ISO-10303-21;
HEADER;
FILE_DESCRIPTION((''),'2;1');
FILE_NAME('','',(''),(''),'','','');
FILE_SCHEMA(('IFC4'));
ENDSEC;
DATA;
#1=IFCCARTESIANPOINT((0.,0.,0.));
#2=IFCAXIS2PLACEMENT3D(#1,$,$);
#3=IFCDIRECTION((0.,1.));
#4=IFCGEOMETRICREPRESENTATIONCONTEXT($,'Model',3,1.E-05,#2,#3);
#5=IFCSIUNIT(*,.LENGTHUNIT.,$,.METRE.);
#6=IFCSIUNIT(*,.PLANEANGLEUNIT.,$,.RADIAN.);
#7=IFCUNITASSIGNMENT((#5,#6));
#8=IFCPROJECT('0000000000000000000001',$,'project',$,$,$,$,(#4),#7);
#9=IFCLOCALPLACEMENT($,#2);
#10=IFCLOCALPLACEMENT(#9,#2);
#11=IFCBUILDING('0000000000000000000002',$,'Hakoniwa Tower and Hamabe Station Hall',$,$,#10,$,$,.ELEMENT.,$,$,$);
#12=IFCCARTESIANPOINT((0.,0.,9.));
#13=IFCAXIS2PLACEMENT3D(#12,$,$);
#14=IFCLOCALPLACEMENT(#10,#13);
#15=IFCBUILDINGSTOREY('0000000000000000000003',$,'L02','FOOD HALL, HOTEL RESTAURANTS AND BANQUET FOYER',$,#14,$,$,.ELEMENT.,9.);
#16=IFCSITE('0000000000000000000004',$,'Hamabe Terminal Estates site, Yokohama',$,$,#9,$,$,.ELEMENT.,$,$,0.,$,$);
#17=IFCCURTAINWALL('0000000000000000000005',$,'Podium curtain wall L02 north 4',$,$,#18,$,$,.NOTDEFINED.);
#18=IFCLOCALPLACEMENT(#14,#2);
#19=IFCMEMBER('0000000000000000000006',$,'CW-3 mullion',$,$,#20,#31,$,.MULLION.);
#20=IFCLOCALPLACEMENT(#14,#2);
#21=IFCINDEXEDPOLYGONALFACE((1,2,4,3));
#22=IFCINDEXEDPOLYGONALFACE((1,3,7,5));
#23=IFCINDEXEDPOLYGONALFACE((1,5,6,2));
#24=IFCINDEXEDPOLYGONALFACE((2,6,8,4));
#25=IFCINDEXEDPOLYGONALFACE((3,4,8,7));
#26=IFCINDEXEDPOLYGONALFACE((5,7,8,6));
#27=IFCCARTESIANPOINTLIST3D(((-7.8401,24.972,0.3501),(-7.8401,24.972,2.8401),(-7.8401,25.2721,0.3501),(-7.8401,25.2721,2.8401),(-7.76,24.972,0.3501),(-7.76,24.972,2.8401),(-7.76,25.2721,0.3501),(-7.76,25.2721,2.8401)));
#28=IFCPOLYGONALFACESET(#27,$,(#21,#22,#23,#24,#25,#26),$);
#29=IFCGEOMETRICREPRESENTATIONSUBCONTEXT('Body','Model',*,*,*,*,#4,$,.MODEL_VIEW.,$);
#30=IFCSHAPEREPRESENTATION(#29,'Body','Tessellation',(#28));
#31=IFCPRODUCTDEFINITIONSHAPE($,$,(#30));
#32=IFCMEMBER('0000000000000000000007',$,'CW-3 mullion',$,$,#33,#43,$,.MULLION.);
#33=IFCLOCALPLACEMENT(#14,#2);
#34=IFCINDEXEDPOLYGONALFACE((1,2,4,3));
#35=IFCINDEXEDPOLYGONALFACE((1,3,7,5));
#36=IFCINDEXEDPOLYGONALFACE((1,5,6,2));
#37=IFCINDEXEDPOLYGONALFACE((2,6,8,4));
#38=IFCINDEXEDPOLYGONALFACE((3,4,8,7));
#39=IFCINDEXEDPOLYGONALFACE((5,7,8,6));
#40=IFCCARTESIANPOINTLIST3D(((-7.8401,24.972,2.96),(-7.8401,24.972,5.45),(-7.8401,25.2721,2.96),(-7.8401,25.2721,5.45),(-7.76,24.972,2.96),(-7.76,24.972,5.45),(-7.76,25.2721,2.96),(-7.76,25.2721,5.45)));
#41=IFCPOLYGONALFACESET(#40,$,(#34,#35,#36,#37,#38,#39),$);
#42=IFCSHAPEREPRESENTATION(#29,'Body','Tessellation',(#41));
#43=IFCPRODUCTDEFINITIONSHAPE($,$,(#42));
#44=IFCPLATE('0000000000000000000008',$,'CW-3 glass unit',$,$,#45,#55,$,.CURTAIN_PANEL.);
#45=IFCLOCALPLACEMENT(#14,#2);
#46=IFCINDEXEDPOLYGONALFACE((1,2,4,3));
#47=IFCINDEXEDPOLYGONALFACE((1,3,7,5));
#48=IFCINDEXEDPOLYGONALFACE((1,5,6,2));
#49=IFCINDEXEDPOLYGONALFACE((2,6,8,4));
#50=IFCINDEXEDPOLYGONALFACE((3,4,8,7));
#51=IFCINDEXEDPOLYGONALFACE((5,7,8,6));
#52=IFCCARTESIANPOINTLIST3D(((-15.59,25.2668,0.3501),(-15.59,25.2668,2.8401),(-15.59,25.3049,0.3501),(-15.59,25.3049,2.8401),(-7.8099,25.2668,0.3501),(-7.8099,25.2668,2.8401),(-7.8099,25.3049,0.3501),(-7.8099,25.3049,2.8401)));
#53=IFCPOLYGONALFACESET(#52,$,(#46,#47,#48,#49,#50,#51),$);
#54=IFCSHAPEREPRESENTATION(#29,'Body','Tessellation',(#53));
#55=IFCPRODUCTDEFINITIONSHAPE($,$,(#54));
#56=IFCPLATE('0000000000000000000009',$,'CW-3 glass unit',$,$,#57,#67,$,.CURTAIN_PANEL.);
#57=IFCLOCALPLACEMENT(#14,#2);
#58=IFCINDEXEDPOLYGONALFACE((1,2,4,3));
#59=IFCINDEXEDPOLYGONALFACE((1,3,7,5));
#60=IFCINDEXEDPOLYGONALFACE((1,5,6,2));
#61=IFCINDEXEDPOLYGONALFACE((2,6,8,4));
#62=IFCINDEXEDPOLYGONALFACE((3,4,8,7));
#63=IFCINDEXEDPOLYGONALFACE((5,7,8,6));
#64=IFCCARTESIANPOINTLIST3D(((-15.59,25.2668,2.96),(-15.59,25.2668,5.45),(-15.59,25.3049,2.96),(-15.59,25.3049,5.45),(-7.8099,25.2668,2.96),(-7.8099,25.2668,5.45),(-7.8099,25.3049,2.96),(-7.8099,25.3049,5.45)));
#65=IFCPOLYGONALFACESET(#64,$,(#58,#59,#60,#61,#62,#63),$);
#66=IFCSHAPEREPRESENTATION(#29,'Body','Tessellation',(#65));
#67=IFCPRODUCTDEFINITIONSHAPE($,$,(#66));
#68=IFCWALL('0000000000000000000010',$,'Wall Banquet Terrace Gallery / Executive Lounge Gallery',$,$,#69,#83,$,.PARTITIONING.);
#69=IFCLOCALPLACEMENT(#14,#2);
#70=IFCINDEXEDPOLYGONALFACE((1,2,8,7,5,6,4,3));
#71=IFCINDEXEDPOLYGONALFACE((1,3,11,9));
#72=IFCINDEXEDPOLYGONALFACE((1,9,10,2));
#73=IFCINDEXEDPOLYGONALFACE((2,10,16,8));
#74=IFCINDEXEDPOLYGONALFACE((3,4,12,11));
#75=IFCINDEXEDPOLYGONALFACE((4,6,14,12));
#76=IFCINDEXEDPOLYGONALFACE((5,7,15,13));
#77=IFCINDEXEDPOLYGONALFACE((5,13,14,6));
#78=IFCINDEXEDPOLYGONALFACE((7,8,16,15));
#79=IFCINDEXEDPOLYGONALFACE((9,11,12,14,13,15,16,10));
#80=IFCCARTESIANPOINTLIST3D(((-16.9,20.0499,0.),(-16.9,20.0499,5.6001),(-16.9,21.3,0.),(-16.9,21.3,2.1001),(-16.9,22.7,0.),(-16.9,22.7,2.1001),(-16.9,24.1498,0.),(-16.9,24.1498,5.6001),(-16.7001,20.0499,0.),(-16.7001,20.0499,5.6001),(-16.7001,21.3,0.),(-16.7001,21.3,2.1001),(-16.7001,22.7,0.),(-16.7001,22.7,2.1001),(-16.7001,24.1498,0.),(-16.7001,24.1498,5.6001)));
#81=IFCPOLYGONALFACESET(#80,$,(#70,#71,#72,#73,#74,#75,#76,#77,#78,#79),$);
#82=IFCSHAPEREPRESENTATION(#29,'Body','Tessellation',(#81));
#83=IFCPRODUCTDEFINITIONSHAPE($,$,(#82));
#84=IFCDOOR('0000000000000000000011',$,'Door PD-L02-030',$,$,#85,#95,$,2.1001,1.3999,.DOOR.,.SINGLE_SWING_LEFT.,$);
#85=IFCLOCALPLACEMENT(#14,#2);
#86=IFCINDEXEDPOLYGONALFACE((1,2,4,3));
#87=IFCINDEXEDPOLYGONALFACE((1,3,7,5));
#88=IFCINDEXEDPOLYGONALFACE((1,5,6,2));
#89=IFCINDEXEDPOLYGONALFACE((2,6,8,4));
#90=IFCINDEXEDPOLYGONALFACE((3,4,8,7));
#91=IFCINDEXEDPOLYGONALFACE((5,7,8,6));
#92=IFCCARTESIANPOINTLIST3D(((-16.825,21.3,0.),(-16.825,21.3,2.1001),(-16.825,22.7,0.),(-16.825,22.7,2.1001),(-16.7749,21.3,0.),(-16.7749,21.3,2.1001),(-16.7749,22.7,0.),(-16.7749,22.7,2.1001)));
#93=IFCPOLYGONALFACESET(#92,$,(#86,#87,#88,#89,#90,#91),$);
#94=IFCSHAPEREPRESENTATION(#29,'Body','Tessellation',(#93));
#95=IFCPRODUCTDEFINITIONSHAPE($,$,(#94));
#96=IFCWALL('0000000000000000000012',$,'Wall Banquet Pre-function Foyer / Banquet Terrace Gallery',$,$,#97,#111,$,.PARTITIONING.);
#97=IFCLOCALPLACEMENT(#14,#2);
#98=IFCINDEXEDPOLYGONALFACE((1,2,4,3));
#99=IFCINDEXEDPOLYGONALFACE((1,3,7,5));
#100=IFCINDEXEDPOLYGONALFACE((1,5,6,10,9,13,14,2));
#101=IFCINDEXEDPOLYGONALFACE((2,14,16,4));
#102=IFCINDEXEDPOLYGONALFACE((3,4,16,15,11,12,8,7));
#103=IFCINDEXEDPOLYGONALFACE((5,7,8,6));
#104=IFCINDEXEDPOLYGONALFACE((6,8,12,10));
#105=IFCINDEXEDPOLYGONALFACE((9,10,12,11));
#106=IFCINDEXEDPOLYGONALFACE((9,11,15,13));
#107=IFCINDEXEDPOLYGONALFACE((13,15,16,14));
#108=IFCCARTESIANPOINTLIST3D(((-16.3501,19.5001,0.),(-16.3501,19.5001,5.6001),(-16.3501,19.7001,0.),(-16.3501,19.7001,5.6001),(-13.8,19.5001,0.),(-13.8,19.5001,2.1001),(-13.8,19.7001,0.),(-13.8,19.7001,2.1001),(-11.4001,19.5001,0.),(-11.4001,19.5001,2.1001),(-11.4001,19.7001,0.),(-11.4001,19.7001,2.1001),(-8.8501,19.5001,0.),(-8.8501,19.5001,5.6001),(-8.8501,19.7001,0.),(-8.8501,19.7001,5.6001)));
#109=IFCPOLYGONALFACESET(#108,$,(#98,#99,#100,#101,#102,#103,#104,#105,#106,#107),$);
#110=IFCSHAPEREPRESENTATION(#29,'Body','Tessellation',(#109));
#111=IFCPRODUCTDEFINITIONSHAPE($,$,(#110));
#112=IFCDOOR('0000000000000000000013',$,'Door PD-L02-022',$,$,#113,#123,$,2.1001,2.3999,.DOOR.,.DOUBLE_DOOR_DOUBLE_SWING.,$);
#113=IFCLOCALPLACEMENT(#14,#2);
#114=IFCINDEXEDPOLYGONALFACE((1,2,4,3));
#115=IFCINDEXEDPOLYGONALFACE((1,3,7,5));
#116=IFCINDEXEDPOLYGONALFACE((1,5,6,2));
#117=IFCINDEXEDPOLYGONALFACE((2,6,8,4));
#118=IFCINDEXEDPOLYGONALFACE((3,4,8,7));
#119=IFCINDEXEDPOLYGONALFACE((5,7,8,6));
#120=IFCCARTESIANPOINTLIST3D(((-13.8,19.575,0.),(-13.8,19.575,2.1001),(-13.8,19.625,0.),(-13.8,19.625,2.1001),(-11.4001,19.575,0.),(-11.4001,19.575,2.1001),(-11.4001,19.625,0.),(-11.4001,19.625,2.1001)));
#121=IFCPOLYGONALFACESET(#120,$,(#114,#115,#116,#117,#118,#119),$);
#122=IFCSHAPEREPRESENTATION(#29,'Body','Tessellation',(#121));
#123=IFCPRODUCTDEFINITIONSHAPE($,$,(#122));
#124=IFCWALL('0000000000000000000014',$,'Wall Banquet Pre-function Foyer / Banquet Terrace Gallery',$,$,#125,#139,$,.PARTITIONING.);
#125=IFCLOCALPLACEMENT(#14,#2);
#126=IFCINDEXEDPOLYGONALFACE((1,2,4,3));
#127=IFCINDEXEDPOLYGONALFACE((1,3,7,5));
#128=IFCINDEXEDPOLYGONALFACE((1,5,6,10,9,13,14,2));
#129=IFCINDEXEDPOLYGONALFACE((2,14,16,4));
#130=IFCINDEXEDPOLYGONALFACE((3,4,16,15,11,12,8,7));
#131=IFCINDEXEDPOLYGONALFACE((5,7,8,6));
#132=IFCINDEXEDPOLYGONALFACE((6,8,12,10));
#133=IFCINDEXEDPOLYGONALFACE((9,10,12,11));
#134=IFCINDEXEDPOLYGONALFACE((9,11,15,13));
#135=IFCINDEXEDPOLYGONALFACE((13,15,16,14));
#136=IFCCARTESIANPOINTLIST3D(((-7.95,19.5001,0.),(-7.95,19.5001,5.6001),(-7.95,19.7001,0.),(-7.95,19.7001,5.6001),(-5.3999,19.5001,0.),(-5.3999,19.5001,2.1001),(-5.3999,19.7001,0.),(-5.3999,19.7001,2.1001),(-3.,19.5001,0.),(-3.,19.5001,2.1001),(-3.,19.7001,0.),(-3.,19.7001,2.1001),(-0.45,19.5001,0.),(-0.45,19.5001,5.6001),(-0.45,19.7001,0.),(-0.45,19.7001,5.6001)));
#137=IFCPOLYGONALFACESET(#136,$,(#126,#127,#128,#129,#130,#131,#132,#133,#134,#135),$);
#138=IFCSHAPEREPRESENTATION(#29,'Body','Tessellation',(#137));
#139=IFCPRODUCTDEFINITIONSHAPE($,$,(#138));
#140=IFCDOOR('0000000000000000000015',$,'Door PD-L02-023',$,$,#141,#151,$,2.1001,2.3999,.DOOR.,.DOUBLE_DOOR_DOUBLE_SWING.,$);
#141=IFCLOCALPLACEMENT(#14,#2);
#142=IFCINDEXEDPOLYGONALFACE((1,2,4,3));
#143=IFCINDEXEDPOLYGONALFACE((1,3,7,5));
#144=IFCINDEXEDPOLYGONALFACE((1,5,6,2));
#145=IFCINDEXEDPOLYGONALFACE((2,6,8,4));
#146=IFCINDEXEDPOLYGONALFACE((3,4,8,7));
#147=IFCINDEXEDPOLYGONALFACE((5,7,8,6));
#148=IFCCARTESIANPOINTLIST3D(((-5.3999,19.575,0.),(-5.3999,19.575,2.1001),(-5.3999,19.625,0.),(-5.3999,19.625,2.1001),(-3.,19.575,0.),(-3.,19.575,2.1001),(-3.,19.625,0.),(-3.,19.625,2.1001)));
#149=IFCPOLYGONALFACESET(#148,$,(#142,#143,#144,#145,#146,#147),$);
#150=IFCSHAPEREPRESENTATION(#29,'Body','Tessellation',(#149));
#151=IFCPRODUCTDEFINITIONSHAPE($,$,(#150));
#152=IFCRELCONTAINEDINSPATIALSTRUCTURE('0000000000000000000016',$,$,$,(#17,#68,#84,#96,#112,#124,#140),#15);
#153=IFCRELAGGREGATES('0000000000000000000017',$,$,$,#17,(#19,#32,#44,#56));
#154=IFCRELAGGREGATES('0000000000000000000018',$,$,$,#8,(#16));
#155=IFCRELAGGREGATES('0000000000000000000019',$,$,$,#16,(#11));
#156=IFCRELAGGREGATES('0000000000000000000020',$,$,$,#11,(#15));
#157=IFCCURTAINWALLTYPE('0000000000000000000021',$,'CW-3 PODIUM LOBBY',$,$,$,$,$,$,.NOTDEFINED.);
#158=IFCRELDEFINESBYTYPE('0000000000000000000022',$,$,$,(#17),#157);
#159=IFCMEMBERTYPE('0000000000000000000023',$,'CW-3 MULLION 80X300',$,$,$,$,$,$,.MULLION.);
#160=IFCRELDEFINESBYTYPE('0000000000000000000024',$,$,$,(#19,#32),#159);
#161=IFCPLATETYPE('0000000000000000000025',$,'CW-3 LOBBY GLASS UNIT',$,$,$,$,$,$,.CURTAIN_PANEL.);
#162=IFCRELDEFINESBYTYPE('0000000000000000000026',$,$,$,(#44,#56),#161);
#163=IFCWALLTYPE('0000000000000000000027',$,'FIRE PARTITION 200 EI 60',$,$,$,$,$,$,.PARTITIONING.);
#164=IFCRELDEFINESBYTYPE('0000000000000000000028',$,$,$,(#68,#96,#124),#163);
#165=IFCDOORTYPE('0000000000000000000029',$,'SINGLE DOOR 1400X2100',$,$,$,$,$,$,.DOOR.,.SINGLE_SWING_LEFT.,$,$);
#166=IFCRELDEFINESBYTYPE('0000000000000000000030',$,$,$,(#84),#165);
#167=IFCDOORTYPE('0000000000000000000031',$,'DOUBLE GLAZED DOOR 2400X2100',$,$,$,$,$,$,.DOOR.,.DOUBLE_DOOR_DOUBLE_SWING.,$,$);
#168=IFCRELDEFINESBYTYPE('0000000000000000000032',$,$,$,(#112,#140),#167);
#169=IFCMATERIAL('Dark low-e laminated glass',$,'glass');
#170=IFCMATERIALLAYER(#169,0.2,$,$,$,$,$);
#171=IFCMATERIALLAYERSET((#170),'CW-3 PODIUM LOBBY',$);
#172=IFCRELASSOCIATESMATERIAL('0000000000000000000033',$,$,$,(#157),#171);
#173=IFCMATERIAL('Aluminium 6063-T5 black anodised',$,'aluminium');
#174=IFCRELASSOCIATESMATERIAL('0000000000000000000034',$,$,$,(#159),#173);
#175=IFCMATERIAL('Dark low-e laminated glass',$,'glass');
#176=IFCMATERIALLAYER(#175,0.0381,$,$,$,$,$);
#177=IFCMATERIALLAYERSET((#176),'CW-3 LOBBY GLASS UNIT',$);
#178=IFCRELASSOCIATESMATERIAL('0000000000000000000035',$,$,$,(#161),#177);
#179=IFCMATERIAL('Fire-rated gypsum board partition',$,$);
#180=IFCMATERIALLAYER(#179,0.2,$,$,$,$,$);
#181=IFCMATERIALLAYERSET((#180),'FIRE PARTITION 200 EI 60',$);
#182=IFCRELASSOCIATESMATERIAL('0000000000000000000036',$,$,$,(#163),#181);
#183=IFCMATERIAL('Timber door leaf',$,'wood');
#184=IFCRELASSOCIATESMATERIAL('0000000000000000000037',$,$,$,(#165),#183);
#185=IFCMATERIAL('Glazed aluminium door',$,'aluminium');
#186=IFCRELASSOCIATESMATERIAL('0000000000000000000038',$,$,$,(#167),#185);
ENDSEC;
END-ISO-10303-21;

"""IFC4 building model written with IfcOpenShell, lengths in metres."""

from ifc_helpers import new_model, si_unit, direction, frame, frame_2d, origin, origin_2d, place, context, subcontext, project, spatial, rectangle, extrude, material, layer, layer_set, material_profile, profile_set, type_object, element, fill, aggregate, save


model = new_model("IFC4")

# Units and contexts
model_context = context("Model", 3, precision=1e-05, world=origin(), true_north=direction((0.0, 1.0)))
body_context = subcontext(model_context, "Body", "Model", "MODEL_VIEW")
ifc_project = project(units=[si_unit("LENGTHUNIT", "METRE"), si_unit("PLANEANGLEUNIT", "RADIAN")], contexts=[model_context])

# Site, building, storey
site_placement = place(None, origin())
site = spatial("IfcSite", under=ifc_project, at=site_placement, Name="Hamabe Terminal Estates site, Yokohama", CompositionType="ELEMENT", RefElevation=0.0)
building_placement = place(site_placement, origin())
building = spatial("IfcBuilding", under=site, at=building_placement, Name="Hakoniwa Tower and Hamabe Station Hall", CompositionType="ELEMENT")
storey_placement = place(building_placement, frame((0.0, 0.0, 9.0)))
storey = spatial("IfcBuildingStorey", under=building, at=storey_placement, Name="L02", Description="FOOD HALL, HOTEL RESTAURANTS AND BANQUET FOYER", CompositionType="ELEMENT", Elevation=9.0)

# Curtain wall, members, plates
ifc_material_1 = material(Name="Dark low-e laminated glass", Category="glass")
ifc_layer_1 = layer(ifc_material_1, 0.2)
ifc_layer_set_1 = layer_set([ifc_layer_1], Name="CW-3 PODIUM LOBBY")
curtain_wall_type = type_object("IfcCurtainWallType", Name="CW-3 PODIUM LOBBY", PredefinedType="NOTDEFINED", material=ifc_layer_set_1)
curtain_wall_placement = place(storey_placement, origin())
curtain_wall = element("IfcCurtainWall", 1, at=curtain_wall_placement, inside=storey, type_object=curtain_wall_type, Name="Podium curtain wall L02 north 4", PredefinedType="NOTDEFINED")
ifc_material_2 = material(Name="Aluminium 6063-T5 black anodised", Category="aluminium")
ifc_material_profile_1 = material_profile(ifc_material_2, rectangle(XDim=0.0801, YDim=0.3, at=origin_2d()), Name="CW-3 MULLION 80X300")
ifc_profile_set_1 = profile_set([ifc_material_profile_1], Name="Aluminium 6063-T5 black anodised")
member_type = type_object("IfcMemberType", Name="CW-3 MULLION 80X300", PredefinedType="MULLION", material=ifc_profile_set_1)
member_1_placement = place(storey_placement, frame((-7.8, 25.1221, 0.3501), z_axis=(0.0, 0.0, 1.0), x_axis=(-1.0, 0.0, 0.0)))
member_1 = element("IfcMember", 2, at=member_1_placement, type_object=member_type, Name="CW-3 mullion", PredefinedType="MULLION", context=body_context, shape_type="SweptSolid", body=[
    extrude(rectangle(XDim=0.0801, YDim=0.3, at=origin_2d()), origin(), (0.0, 0.0, 1.0), 2.49),
])
member_2_placement = place(storey_placement, frame((-7.8, 25.1221, 2.96), z_axis=(0.0, 0.0, 1.0), x_axis=(-1.0, 0.0, 0.0)))
member_2 = element("IfcMember", 3, at=member_2_placement, type_object=member_type, Name="CW-3 mullion", PredefinedType="MULLION", context=body_context, shape_type="SweptSolid", body=[
    extrude(rectangle(XDim=0.0801, YDim=0.3, at=origin_2d()), origin(), (0.0, 0.0, 1.0), 2.49),
])
ifc_material_3 = material(Name="Dark low-e laminated glass", Category="glass")
ifc_layer_2 = layer(ifc_material_3, 0.0381)
ifc_layer_set_2 = layer_set([ifc_layer_2], Name="CW-3 LOBBY GLASS UNIT")
plate_type = type_object("IfcPlateType", Name="CW-3 LOBBY GLASS UNIT", PredefinedType="CURTAIN_PANEL", material=ifc_layer_set_2)
plate_1_placement = place(storey_placement, frame((-11.7, 25.2859, 0.3501), z_axis=(0.0, 0.0, 1.0), x_axis=(-1.0, 0.0, 0.0)))
plate_1 = element("IfcPlate", 4, at=plate_1_placement, type_object=plate_type, Name="CW-3 glass unit", PredefinedType="CURTAIN_PANEL", context=body_context, shape_type="SweptSolid", body=[
    extrude(rectangle(XDim=7.78, YDim=0.0381, at=origin_2d()), origin(), (0.0, 0.0, 1.0), 2.49),
])
plate_2_placement = place(storey_placement, frame((-11.7, 25.2859, 2.96), z_axis=(0.0, 0.0, 1.0), x_axis=(-1.0, 0.0, 0.0)))
plate_2 = element("IfcPlate", 5, at=plate_2_placement, type_object=plate_type, Name="CW-3 glass unit", PredefinedType="CURTAIN_PANEL", context=body_context, shape_type="SweptSolid", body=[
    extrude(rectangle(XDim=7.78, YDim=0.0381, at=origin_2d()), origin(), (0.0, 0.0, 1.0), 2.49),
])
aggregate(curtain_wall, [member_1, member_2, plate_1, plate_2])

# Walls, openings, doors
ifc_material_4 = material(Name="Fire-rated gypsum board partition")
ifc_layer_3 = layer(ifc_material_4, 0.2)
ifc_layer_set_3 = layer_set([ifc_layer_3], Name="FIRE PARTITION 200 EI 60")
wall_type = type_object("IfcWallType", Name="FIRE PARTITION 200 EI 60", PredefinedType="PARTITIONING", material=ifc_layer_set_3)
wall_1_placement = place(storey_placement, frame((-16.8, 20.05, 0.0), z_axis=(0.0, 0.0, 1.0), x_axis=(0.0, 1.0, 0.0)))
wall_1 = element("IfcWall", 6, at=wall_1_placement, inside=storey, type_object=wall_type, Name="Wall Banquet Terrace Gallery / Executive Lounge Gallery", PredefinedType="PARTITIONING", context=body_context, shape_type="SweptSolid", body=[
    extrude(rectangle(XDim=4.0999, YDim=0.2, at=frame_2d((2.0498, 0.0))), origin(), (0.0, 0.0, 1.0), 5.6001),
])
opening_1_placement = place(wall_1_placement, frame((1.25, 0.0, 0.0)))
opening_1 = element("IfcOpeningElement", 7, at=opening_1_placement, cuts=wall_1, PredefinedType="OPENING", context=body_context, shape_type="SweptSolid", body=[
    extrude(rectangle(XDim=1.3999, YDim=2.1001, at=frame_2d((0.7, 1.05))), frame((0.0, 0.1099, 0.0), z_axis=(0.0, -1.0, 0.0), x_axis=(1.0, 0.0, 0.0)), (0.0, 0.0, 1.0), 0.22),
])
ifc_material_5 = material(Name="Timber door leaf", Category="wood")
door_type_1 = type_object("IfcDoorType", Name="SINGLE DOOR 1400X2100", OperationType="SINGLE_SWING_LEFT", PredefinedType="DOOR", material=ifc_material_5)
door_1_placement = place(opening_1_placement, origin())
door_1 = element("IfcDoor", 8, at=door_1_placement, inside=storey, type_object=door_type_1, Name="Door PD-L02-030", OperationType="SINGLE_SWING_LEFT", OverallHeight=2.1001, OverallWidth=1.3999, PredefinedType="DOOR", context=body_context, shape_type="SweptSolid", body=[
    extrude(rectangle(XDim=1.3999, YDim=2.1001, at=frame_2d((0.7, 1.05))), frame((0.0, 0.0249, 0.0), z_axis=(0.0, -1.0, 0.0), x_axis=(1.0, 0.0, 0.0)), (0.0, 0.0, 1.0), 0.05),
])
fill(opening_1, door_1)
wall_2_placement = place(storey_placement, frame((-16.3501, 19.6001, 0.0), z_axis=(0.0, 0.0, 1.0), x_axis=(1.0, 0.0, 0.0)))
wall_2 = element("IfcWall", 9, at=wall_2_placement, inside=storey, type_object=wall_type, Name="Wall Banquet Pre-function Foyer / Banquet Terrace Gallery", PredefinedType="PARTITIONING", context=body_context, shape_type="SweptSolid", body=[
    extrude(rectangle(XDim=7.5, YDim=0.2, at=frame_2d((3.75, 0.0))), origin(), (0.0, 0.0, 1.0), 5.6001),
])
opening_2_placement = place(wall_2_placement, frame((2.55, 0.0, 0.0)))
opening_2 = element("IfcOpeningElement", 10, at=opening_2_placement, cuts=wall_2, PredefinedType="OPENING", context=body_context, shape_type="SweptSolid", body=[
    extrude(rectangle(XDim=2.3999, YDim=2.1001, at=frame_2d((1.2, 1.05))), frame((0.0, 0.1099, 0.0), z_axis=(0.0, -1.0, 0.0), x_axis=(1.0, 0.0, 0.0)), (0.0, 0.0, 1.0), 0.22),
])
ifc_material_6 = material(Name="Glazed aluminium door", Category="aluminium")
door_type_2 = type_object("IfcDoorType", Name="DOUBLE GLAZED DOOR 2400X2100", OperationType="DOUBLE_DOOR_DOUBLE_SWING", PredefinedType="DOOR", material=ifc_material_6)
door_2_placement = place(opening_2_placement, origin())
door_2 = element("IfcDoor", 11, at=door_2_placement, inside=storey, type_object=door_type_2, Name="Door PD-L02-022", OperationType="DOUBLE_DOOR_DOUBLE_SWING", OverallHeight=2.1001, OverallWidth=2.3999, PredefinedType="DOOR", context=body_context, shape_type="SweptSolid", body=[
    extrude(rectangle(XDim=2.3999, YDim=2.1001, at=frame_2d((1.2, 1.05))), frame((0.0, 0.0249, 0.0), z_axis=(0.0, -1.0, 0.0), x_axis=(1.0, 0.0, 0.0)), (0.0, 0.0, 1.0), 0.05),
])
fill(opening_2, door_2)
wall_3_placement = place(storey_placement, frame((-7.95, 19.6001, 0.0), z_axis=(0.0, 0.0, 1.0), x_axis=(1.0, 0.0, 0.0)))
wall_3 = element("IfcWall", 12, at=wall_3_placement, inside=storey, type_object=wall_type, Name="Wall Banquet Pre-function Foyer / Banquet Terrace Gallery", PredefinedType="PARTITIONING", context=body_context, shape_type="SweptSolid", body=[
    extrude(rectangle(XDim=7.5, YDim=0.2, at=frame_2d((3.75, 0.0))), origin(), (0.0, 0.0, 1.0), 5.6001),
])
opening_3_placement = place(wall_3_placement, frame((2.55, 0.0, 0.0)))
opening_3 = element("IfcOpeningElement", 13, at=opening_3_placement, cuts=wall_3, PredefinedType="OPENING", context=body_context, shape_type="SweptSolid", body=[
    extrude(rectangle(XDim=2.3999, YDim=2.1001, at=frame_2d((1.2, 1.05))), frame((0.0, 0.1099, 0.0), z_axis=(0.0, -1.0, 0.0), x_axis=(1.0, 0.0, 0.0)), (0.0, 0.0, 1.0), 0.22),
])
door_3_placement = place(opening_3_placement, origin())
door_3 = element("IfcDoor", 14, at=door_3_placement, inside=storey, type_object=door_type_2, Name="Door PD-L02-023", OperationType="DOUBLE_DOOR_DOUBLE_SWING", OverallHeight=2.1001, OverallWidth=2.3999, PredefinedType="DOOR", context=body_context, shape_type="SweptSolid", body=[
    extrude(rectangle(XDim=2.3999, YDim=2.1001, at=frame_2d((1.2, 1.05))), frame((0.0, 0.0249, 0.0), z_axis=(0.0, -1.0, 0.0), x_axis=(1.0, 0.0, 0.0)), (0.0, 0.0, 1.0), 0.05),
])
fill(opening_3, door_3)

save(model, "model.ifc")
